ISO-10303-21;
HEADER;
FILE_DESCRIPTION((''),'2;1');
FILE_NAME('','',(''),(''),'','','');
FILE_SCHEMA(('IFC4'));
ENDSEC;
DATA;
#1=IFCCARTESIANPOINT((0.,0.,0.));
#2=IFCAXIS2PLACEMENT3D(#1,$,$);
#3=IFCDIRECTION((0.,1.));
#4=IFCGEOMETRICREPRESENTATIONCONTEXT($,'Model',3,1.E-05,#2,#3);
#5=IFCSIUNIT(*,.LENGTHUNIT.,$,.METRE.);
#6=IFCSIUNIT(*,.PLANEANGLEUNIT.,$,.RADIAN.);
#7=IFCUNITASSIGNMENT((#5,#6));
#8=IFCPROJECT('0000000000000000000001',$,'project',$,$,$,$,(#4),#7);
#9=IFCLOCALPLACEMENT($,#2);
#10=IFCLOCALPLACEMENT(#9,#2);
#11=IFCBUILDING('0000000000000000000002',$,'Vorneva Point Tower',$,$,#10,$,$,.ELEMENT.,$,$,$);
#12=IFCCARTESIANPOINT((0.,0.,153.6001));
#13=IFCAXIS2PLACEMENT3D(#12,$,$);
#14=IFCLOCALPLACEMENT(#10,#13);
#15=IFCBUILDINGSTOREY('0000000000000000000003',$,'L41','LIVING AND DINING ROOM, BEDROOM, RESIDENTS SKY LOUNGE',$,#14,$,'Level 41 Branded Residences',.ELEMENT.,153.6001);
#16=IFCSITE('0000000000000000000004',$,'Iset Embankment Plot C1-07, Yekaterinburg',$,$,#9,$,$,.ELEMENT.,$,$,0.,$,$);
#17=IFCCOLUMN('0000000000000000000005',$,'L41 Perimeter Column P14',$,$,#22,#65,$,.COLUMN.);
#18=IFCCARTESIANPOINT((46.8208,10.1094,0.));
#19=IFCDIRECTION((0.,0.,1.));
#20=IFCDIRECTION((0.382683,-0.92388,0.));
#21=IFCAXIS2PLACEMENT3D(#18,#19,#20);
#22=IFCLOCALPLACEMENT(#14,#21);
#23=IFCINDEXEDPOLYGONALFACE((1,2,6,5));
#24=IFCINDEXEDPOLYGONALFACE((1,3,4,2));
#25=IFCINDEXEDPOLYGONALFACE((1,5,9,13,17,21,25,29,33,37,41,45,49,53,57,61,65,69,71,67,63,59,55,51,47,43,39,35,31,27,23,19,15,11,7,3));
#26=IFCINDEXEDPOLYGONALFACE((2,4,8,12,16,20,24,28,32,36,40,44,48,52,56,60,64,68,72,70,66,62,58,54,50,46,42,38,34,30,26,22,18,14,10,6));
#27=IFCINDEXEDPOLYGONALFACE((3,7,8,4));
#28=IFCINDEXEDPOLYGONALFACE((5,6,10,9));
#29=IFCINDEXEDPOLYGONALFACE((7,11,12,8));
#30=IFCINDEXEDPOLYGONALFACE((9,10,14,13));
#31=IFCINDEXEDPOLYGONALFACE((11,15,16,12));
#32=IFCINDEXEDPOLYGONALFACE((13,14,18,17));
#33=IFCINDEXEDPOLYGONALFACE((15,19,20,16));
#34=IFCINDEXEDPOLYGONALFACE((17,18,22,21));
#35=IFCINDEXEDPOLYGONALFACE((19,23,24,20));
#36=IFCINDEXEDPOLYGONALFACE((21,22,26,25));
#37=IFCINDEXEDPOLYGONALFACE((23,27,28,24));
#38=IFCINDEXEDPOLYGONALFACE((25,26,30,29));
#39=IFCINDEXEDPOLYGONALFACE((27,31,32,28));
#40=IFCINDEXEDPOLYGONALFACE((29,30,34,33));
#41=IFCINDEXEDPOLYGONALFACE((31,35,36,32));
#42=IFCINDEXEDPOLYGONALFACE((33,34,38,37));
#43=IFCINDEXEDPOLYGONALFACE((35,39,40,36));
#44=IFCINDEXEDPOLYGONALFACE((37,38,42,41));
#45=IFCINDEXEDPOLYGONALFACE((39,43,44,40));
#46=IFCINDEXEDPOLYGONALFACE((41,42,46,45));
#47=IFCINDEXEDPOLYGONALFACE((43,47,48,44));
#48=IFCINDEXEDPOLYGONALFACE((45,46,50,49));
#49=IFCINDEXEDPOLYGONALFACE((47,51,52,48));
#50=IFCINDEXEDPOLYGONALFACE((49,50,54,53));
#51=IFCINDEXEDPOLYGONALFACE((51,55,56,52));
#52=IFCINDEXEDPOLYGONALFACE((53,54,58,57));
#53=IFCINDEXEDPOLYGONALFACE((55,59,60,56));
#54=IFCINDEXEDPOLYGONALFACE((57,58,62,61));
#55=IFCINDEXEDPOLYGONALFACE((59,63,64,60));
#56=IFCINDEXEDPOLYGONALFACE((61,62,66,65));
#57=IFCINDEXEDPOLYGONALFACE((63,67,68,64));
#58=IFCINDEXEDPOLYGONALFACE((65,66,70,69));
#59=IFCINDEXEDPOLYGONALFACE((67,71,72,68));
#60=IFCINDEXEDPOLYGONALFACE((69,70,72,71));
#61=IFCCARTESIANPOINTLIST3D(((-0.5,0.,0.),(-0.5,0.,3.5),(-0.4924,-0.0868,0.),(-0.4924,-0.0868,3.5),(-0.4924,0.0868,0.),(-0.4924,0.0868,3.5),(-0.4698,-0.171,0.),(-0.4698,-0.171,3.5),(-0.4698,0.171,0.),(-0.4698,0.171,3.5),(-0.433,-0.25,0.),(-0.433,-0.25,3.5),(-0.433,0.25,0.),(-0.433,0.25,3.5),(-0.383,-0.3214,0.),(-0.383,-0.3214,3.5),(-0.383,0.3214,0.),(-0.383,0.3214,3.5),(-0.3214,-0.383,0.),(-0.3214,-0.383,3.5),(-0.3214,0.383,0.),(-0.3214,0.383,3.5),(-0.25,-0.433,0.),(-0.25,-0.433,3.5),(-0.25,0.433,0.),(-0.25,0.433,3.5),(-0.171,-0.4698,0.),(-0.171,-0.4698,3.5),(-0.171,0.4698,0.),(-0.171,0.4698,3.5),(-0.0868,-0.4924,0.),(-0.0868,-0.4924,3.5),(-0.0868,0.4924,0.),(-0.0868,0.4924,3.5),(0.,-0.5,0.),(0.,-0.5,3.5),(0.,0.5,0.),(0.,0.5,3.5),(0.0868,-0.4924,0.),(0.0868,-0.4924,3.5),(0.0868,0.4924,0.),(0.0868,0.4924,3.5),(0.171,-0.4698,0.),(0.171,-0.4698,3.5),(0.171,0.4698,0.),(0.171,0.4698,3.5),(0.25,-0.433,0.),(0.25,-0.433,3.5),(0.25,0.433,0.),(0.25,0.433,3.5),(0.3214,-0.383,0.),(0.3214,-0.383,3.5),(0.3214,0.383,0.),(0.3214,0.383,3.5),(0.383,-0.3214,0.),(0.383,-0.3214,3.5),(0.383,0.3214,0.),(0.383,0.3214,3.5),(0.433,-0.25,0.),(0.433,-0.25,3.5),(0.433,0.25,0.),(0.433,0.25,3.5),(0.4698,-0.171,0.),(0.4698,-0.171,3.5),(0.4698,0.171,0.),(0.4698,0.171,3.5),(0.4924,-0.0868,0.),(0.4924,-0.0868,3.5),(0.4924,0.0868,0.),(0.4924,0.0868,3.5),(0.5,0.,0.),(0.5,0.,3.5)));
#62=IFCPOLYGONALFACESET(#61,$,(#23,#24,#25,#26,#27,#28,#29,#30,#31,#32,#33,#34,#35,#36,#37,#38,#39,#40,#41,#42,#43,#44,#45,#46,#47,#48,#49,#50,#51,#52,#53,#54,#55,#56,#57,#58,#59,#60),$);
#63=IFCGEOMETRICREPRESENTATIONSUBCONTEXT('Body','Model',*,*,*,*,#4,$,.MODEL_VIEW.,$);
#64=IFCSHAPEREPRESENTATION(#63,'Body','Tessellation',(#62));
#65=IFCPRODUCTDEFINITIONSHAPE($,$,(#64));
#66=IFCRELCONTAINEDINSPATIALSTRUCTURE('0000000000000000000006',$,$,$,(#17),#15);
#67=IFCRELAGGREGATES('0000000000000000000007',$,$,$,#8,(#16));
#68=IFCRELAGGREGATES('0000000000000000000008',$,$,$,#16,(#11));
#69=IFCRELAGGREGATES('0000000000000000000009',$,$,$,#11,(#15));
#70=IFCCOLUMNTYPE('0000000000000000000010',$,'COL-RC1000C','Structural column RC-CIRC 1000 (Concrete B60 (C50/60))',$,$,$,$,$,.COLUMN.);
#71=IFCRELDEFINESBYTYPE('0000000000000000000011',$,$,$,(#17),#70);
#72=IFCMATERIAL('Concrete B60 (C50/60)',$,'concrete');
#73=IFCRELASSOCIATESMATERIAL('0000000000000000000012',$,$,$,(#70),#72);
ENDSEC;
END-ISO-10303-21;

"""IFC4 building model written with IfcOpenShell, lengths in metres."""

from ifc_helpers import new_model, si_unit, direction, frame, origin, origin_2d, place, context, subcontext, project, spatial, circle, extrude, material, material_profile, profile_set, type_object, element, save


model = new_model("IFC4")

# Units and contexts
model_context = context("Model", 3, precision=1e-05, world=origin(), true_north=direction((0.0, 1.0)))
body_context = subcontext(model_context, "Body", "Model", "MODEL_VIEW")
ifc_project = project(units=[si_unit("LENGTHUNIT", "METRE"), si_unit("PLANEANGLEUNIT", "RADIAN")], contexts=[model_context])

# Site, building, storey
site_placement = place(None, origin())
site = spatial("IfcSite", under=ifc_project, at=site_placement, Name="Iset Embankment Plot C1-07, Yekaterinburg", CompositionType="ELEMENT", RefElevation=0.0)
building_placement = place(site_placement, origin())
building = spatial("IfcBuilding", under=site, at=building_placement, Name="Vorneva Point Tower", CompositionType="ELEMENT")
storey_placement = place(building_placement, frame((0.0, 0.0, 153.6001)))
storey = spatial("IfcBuildingStorey", under=building, at=storey_placement, Name="L41", Description="LIVING AND DINING ROOM, BEDROOM, RESIDENTS SKY LOUNGE", LongName="Level 41 Branded Residences", CompositionType="ELEMENT", Elevation=153.6001)

# Column
ifc_material_1 = material(Name="Concrete B60 (C50/60)", Category="concrete")
ifc_material_profile_1 = material_profile(ifc_material_1, circle(Radius=0.5, at=origin_2d()), Name="RC-CIRC 1000")
ifc_profile_set_1 = profile_set([ifc_material_profile_1], Name="Concrete B60 (C50/60)")
column_type = type_object("IfcColumnType", Name="COL-RC1000C", Description="Structural column RC-CIRC 1000 (Concrete B60 (C50/60))", PredefinedType="COLUMN", material=ifc_profile_set_1)
for number, where, z_axis, x_axis, name in (
    (1, (46.8208, 10.1094, 0.0), (0.0, 0.0, 1.0), (0.382683, -0.92388, 0.0), "L41 Perimeter Column P14"),
):
    element("IfcColumn", number, at=place(storey_placement, frame(where, z_axis=z_axis, x_axis=x_axis)), inside=storey, type_object=column_type, Name=name, PredefinedType="COLUMN", context=body_context, shape_type="SweptSolid", body=[
        extrude(circle(Radius=0.5, at=origin_2d()), origin(), (0.0, 0.0, 1.0), 3.5),
    ])

save(model, "model.ifc")
